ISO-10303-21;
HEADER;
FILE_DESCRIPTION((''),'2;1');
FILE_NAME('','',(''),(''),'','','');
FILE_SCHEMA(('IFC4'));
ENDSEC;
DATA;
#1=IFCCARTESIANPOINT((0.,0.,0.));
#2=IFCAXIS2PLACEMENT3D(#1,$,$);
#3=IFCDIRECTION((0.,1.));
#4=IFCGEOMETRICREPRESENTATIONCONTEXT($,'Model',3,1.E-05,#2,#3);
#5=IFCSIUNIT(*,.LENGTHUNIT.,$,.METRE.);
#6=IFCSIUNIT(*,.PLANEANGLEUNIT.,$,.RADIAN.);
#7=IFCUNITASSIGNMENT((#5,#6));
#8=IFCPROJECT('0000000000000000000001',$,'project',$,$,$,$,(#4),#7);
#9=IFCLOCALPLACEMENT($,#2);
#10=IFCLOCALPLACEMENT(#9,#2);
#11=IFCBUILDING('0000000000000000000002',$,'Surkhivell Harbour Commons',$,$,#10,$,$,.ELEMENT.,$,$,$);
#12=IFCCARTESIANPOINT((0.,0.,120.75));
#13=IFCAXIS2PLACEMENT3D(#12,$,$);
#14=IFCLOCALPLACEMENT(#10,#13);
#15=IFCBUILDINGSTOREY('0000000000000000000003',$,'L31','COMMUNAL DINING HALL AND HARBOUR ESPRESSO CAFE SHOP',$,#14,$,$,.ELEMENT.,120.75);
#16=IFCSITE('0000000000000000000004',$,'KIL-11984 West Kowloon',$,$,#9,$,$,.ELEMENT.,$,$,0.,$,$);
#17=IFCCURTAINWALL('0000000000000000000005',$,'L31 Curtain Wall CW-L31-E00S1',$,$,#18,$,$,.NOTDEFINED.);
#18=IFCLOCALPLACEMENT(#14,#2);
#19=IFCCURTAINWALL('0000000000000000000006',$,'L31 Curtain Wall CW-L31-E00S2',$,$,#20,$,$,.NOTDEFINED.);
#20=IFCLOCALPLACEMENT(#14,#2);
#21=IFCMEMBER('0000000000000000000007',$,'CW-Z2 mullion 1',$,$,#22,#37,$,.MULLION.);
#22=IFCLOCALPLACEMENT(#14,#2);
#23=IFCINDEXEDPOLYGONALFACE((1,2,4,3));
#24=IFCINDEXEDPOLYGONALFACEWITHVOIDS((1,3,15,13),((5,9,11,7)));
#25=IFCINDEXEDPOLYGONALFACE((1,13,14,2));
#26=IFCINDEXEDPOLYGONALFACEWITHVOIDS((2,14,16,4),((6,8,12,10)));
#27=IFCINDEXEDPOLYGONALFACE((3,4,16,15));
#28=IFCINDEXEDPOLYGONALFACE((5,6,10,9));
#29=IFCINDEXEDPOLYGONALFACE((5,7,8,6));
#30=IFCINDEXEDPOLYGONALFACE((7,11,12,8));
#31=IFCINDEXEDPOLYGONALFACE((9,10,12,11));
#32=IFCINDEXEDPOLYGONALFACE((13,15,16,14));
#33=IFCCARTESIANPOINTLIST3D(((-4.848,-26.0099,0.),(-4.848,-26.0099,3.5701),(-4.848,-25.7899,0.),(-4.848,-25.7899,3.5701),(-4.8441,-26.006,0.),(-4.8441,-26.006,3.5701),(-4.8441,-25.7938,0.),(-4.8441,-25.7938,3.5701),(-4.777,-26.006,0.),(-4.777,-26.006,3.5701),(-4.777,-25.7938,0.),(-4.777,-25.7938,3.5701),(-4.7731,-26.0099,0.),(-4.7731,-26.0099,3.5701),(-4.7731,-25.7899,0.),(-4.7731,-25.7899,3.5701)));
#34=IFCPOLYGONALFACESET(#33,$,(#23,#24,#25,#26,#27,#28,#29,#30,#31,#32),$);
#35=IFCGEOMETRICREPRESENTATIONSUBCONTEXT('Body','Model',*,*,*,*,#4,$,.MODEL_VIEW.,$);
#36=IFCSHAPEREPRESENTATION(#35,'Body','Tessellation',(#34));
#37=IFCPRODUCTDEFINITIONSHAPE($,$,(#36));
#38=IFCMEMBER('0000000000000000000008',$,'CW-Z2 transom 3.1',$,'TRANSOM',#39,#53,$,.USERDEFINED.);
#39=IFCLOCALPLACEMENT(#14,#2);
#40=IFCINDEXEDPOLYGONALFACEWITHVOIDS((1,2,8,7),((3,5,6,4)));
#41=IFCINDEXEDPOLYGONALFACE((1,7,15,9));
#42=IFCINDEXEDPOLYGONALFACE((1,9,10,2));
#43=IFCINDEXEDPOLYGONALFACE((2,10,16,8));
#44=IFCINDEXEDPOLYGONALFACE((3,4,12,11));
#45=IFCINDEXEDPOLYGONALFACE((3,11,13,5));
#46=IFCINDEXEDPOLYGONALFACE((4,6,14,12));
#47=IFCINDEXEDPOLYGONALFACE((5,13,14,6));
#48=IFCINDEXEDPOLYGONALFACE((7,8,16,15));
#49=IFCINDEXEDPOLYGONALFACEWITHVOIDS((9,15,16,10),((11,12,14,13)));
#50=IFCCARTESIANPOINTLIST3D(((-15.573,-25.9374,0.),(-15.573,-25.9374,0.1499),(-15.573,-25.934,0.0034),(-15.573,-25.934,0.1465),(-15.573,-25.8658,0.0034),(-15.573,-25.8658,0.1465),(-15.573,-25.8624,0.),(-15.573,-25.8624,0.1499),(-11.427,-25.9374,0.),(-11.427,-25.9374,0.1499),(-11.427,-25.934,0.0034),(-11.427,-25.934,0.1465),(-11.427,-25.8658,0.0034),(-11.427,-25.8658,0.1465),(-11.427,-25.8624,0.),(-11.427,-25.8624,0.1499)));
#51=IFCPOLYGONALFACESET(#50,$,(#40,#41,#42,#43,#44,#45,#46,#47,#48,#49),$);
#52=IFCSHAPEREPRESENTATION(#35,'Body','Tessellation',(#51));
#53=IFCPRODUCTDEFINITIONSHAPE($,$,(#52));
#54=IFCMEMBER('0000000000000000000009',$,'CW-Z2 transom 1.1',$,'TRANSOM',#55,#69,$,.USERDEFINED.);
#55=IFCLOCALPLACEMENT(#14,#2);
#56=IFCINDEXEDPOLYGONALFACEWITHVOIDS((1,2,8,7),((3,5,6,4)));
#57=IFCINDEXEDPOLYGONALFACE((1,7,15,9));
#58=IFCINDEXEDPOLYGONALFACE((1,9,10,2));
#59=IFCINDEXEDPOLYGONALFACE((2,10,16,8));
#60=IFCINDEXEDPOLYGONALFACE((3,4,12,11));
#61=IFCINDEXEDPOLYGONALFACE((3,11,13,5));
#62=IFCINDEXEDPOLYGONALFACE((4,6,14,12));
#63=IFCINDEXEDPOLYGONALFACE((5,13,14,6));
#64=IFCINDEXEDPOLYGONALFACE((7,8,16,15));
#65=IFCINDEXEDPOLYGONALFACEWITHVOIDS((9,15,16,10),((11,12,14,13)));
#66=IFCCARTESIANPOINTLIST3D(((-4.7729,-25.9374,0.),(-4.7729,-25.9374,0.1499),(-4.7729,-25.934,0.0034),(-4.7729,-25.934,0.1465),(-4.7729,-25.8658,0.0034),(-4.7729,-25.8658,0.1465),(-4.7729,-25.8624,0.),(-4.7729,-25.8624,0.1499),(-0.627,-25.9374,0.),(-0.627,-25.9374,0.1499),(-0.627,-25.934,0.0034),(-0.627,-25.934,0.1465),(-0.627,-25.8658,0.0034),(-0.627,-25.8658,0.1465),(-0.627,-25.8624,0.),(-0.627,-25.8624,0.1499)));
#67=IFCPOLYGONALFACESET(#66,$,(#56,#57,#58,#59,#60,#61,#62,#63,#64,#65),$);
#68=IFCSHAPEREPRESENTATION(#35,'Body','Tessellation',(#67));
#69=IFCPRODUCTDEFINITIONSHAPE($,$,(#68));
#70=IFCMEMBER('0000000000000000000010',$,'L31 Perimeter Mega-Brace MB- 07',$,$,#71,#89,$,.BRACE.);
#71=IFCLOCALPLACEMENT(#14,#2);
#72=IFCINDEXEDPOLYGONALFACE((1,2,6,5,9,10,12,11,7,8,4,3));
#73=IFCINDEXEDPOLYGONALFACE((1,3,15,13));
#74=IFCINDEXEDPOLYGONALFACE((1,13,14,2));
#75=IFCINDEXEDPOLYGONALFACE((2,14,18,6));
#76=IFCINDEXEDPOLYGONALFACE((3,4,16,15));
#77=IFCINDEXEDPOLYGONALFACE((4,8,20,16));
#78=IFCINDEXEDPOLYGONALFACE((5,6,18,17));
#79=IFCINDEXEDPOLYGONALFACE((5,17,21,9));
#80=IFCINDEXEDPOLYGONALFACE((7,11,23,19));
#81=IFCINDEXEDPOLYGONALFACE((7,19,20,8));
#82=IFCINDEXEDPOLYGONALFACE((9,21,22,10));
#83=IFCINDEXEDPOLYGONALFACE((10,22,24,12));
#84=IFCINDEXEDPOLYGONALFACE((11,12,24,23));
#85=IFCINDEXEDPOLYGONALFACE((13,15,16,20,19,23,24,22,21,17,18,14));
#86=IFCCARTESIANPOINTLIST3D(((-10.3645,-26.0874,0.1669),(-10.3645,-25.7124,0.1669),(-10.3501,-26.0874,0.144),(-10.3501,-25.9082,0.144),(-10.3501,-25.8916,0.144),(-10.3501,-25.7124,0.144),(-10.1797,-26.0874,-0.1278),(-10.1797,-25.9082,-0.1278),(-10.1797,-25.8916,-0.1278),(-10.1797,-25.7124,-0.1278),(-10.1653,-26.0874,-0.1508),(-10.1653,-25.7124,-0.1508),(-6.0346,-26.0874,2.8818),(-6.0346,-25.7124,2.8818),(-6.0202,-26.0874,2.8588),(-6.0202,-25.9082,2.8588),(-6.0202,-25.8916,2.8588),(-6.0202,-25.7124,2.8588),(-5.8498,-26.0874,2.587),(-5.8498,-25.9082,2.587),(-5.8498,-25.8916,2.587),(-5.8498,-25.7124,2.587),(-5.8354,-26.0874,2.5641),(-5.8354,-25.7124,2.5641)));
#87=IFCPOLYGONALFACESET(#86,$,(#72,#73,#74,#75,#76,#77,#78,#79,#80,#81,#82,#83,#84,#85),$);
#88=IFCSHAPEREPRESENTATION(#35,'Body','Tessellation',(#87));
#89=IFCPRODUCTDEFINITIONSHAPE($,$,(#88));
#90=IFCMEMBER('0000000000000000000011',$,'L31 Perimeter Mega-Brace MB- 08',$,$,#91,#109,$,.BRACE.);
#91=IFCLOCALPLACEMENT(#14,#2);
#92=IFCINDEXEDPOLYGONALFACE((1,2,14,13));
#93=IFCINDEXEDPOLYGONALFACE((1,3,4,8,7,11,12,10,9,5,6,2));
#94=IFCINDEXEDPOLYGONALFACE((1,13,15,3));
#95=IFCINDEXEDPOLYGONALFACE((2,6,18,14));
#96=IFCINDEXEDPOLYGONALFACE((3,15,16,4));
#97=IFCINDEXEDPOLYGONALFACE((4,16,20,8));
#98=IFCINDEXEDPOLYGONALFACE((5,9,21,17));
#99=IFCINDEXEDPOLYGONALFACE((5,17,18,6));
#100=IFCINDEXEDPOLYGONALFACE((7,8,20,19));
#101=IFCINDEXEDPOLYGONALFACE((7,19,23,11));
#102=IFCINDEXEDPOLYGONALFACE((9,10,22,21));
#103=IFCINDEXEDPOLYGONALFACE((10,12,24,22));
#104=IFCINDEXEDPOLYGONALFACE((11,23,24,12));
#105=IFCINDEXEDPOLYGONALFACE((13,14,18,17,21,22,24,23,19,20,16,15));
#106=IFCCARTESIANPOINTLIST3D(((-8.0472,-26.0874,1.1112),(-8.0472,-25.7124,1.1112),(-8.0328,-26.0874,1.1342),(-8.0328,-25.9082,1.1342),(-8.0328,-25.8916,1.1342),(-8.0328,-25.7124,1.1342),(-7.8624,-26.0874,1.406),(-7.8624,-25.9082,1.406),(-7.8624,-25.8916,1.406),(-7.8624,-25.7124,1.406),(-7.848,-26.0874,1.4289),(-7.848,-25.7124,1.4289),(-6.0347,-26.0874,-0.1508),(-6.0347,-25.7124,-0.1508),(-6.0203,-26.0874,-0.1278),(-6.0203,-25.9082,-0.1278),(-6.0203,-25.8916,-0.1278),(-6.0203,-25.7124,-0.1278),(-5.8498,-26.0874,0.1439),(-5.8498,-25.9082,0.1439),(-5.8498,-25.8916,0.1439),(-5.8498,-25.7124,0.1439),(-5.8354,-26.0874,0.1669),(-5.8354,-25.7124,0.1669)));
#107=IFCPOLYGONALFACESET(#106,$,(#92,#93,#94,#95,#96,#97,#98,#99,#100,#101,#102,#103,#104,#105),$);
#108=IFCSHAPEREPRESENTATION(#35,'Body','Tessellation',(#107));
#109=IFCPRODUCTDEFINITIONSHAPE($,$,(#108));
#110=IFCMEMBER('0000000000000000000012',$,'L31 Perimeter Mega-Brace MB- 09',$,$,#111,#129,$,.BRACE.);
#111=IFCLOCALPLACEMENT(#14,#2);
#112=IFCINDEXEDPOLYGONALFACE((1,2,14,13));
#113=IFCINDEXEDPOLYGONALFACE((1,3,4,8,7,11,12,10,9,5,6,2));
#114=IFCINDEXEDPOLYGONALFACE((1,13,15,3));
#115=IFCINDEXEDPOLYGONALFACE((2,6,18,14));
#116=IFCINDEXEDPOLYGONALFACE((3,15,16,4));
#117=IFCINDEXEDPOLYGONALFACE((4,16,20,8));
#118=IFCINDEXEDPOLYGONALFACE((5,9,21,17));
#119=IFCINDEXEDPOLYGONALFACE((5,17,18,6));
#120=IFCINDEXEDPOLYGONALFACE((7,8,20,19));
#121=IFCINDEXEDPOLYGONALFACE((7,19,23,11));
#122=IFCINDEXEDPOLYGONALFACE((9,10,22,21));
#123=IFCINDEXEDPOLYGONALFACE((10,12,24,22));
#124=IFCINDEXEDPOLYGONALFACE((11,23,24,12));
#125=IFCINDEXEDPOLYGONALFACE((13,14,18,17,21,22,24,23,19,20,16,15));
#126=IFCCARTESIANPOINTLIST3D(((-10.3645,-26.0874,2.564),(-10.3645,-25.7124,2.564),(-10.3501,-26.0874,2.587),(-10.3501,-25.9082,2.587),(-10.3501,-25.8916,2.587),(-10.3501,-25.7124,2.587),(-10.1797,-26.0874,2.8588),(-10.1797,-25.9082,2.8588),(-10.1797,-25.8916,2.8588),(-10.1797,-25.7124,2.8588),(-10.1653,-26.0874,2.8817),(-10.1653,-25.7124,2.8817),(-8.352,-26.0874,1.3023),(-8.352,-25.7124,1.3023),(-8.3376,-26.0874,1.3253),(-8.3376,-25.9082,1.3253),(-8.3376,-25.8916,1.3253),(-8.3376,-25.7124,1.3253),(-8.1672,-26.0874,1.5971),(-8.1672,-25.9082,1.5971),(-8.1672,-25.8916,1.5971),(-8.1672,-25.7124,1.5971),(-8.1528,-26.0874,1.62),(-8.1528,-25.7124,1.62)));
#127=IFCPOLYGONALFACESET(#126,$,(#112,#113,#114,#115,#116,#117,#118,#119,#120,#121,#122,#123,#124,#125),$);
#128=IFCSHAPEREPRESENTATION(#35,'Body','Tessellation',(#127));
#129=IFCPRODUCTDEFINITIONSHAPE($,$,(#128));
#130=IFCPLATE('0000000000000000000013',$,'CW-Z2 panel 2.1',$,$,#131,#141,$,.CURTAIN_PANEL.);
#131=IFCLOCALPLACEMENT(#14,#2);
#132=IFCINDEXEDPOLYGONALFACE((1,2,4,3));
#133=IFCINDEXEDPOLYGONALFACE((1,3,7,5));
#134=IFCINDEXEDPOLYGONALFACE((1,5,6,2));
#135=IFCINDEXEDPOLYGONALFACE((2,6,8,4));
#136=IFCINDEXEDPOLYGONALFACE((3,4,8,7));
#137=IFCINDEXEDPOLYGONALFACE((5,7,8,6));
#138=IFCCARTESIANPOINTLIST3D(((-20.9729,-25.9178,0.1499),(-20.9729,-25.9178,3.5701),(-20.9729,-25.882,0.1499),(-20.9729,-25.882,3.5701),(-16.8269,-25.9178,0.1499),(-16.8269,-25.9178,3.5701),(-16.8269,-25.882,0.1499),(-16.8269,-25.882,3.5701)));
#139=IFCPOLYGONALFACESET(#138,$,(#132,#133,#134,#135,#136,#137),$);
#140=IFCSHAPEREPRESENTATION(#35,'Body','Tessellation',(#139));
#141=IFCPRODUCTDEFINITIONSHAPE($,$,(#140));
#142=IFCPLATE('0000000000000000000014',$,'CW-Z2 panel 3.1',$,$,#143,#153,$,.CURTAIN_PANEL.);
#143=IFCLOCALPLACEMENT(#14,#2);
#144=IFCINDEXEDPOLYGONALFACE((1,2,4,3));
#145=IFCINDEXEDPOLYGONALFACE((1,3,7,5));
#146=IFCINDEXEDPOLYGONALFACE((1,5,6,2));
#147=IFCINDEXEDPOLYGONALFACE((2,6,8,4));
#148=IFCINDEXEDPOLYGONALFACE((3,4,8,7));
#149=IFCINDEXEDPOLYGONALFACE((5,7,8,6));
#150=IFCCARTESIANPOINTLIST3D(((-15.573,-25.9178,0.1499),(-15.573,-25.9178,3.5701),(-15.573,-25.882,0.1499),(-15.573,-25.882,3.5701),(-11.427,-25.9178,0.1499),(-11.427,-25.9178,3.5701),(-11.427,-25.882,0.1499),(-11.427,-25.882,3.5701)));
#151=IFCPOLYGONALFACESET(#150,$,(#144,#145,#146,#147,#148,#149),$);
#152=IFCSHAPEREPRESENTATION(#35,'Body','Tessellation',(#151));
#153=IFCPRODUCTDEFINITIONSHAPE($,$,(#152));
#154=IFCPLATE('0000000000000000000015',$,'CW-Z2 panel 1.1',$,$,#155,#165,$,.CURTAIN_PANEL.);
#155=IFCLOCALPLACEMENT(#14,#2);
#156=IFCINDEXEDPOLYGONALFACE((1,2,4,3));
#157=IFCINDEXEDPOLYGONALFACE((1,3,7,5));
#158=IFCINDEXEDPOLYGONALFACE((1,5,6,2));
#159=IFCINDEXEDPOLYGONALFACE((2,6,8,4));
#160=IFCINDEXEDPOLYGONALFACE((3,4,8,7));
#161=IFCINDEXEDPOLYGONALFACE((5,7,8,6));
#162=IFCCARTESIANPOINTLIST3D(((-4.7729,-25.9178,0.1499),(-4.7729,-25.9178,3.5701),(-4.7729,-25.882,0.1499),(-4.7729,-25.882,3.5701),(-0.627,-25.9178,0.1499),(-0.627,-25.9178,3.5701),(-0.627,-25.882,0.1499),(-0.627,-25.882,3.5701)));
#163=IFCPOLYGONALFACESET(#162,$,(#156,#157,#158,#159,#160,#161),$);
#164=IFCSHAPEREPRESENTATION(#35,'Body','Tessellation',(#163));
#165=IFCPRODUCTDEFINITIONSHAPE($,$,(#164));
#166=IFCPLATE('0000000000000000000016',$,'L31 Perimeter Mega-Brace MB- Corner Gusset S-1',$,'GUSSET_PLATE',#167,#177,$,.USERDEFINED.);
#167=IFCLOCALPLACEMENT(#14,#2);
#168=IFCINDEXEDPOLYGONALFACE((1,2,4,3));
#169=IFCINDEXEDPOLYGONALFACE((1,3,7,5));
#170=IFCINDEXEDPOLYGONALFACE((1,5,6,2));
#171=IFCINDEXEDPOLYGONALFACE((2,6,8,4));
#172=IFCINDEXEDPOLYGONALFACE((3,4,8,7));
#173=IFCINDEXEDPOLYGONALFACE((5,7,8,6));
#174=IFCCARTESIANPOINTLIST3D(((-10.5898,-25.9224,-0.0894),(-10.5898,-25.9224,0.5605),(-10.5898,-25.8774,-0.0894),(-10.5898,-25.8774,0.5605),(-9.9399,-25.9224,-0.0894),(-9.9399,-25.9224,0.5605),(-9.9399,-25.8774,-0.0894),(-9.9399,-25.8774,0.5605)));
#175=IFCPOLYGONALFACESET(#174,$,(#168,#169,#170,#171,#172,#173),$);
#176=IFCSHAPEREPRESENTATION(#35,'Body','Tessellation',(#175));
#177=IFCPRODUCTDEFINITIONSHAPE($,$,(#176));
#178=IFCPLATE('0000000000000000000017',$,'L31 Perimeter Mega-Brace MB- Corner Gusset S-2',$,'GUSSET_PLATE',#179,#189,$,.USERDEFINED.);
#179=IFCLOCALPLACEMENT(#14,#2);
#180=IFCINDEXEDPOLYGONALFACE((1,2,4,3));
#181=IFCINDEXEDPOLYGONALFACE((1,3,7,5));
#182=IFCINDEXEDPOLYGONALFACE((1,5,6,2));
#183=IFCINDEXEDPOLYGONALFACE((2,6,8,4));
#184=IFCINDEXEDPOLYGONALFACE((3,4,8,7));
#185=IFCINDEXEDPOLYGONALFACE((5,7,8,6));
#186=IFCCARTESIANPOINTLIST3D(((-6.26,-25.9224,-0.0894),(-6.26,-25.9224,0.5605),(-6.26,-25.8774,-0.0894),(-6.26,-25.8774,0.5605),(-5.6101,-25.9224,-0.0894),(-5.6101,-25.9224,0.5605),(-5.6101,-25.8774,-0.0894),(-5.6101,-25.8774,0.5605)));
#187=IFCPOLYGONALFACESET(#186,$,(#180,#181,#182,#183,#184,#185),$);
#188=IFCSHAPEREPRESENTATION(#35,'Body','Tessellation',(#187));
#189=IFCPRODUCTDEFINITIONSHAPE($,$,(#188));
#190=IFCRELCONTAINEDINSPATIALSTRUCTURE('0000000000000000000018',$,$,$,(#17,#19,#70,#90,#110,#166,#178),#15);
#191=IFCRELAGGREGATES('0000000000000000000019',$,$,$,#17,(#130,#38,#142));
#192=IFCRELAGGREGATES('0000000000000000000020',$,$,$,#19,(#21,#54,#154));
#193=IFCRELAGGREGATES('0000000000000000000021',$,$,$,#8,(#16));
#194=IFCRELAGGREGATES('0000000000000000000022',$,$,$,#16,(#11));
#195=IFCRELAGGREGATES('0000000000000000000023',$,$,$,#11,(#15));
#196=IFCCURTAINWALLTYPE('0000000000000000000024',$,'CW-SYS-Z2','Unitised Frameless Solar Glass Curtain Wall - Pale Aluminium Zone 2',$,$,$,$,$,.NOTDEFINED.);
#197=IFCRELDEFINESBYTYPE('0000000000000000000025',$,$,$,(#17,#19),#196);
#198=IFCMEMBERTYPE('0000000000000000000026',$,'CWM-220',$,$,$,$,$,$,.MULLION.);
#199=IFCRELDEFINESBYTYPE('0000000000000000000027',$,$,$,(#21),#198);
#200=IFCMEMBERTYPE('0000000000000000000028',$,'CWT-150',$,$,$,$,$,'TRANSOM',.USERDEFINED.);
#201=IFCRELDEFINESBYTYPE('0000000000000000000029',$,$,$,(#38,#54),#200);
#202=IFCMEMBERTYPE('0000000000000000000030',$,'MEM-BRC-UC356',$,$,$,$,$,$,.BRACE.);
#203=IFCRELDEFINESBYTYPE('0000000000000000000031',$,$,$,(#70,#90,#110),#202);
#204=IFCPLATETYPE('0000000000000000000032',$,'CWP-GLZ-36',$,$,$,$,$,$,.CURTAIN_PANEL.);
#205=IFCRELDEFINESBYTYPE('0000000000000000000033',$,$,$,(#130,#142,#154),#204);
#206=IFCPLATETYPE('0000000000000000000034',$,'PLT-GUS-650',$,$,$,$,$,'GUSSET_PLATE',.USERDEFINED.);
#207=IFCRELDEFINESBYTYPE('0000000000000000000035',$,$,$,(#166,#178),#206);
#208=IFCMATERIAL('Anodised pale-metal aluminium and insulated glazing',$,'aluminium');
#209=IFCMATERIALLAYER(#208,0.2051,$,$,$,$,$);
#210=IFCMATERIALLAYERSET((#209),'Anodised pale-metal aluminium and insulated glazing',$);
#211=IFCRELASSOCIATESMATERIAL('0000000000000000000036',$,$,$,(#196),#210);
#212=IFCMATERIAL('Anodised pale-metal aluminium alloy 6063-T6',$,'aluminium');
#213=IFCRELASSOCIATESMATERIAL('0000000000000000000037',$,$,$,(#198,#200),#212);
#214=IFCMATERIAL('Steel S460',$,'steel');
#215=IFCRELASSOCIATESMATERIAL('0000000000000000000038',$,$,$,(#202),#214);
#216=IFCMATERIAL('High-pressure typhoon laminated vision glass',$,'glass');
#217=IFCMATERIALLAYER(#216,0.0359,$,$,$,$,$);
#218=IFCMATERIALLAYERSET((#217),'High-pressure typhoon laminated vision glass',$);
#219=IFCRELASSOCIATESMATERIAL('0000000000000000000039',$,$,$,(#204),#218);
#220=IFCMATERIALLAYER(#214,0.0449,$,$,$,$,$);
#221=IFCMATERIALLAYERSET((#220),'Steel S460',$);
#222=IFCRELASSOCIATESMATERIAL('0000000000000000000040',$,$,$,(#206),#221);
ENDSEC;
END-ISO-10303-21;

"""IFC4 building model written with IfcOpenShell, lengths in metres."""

from ifc_helpers import new_model, si_unit, direction, frame, frame_2d, origin, origin_2d, place, context, subcontext, project, spatial, rectangle, hollow_rectangle, i_section, extrude, material, layer, layer_set, material_profile, profile_set, type_object, element, aggregate, save


model = new_model("IFC4")

# Units and contexts
model_context = context("Model", 3, precision=1e-05, world=origin(), true_north=direction((0.0, 1.0)))
body_context = subcontext(model_context, "Body", "Model", "MODEL_VIEW")
ifc_project = project(units=[si_unit("LENGTHUNIT", "METRE"), si_unit("PLANEANGLEUNIT", "RADIAN")], contexts=[model_context])

# Site, building, storey
site_placement = place(None, origin())
site = spatial("IfcSite", under=ifc_project, at=site_placement, Name="KIL-11984 West Kowloon", CompositionType="ELEMENT", RefElevation=0.0)
building_placement = place(site_placement, origin())
building = spatial("IfcBuilding", under=site, at=building_placement, Name="Surkhivell Harbour Commons", CompositionType="ELEMENT")
storey_placement = place(building_placement, frame((0.0, 0.0, 120.75)))
storey = spatial("IfcBuildingStorey", under=building, at=storey_placement, Name="L31", Description="COMMUNAL DINING HALL AND HARBOUR ESPRESSO CAFE SHOP", CompositionType="ELEMENT", Elevation=120.75)

# Shared definitions
ifc_material_1 = material(Name="Steel S460", Category="steel")

# Curtain wall
ifc_material_2 = material(Name="Anodised pale-metal aluminium and insulated glazing", Category="aluminium")
ifc_layer_1 = layer(ifc_material_2, 0.2051)
ifc_layer_set_1 = layer_set([ifc_layer_1], Name="Anodised pale-metal aluminium and insulated glazing")
curtain_wall_type = type_object("IfcCurtainWallType", Name="CW-SYS-Z2", Description="Unitised Frameless Solar Glass Curtain Wall - Pale Aluminium Zone 2", PredefinedType="NOTDEFINED", material=ifc_layer_set_1)
curtain_wall_1_placement = place(storey_placement, origin())
curtain_wall_1 = element("IfcCurtainWall", 1, at=curtain_wall_1_placement, inside=storey, type_object=curtain_wall_type, Name="L31 Curtain Wall CW-L31-E00S1", PredefinedType="NOTDEFINED")
ifc_material_3 = material(Name="Anodised pale-metal aluminium alloy 6063-T6", Category="aluminium")
ifc_material_profile_1 = material_profile(ifc_material_3, hollow_rectangle(XDim=0.075, YDim=0.22, WallThickness=0.0039, at=origin_2d()), Name="ALU-MULL-75x220")
ifc_profile_set_1 = profile_set([ifc_material_profile_1], Name="Anodised pale-metal aluminium alloy 6063-T6")
member_type_1 = type_object("IfcMemberType", Name="CWM-220", PredefinedType="MULLION", material=ifc_profile_set_1)

# Curtain wall, member
curtain_wall_2_placement = place(storey_placement, origin())
curtain_wall_2 = element("IfcCurtainWall", 2, at=curtain_wall_2_placement, inside=storey, type_object=curtain_wall_type, Name="L31 Curtain Wall CW-L31-E00S2", PredefinedType="NOTDEFINED")
member_1_placement = place(storey_placement, frame((-4.8105, -25.8999, 0.0), z_axis=(0.0, 0.0, 1.0), x_axis=(1.0, 0.0, 0.0)))
member_1 = element("IfcMember", 3, at=member_1_placement, type_object=member_type_1, Name="CW-Z2 mullion 1", PredefinedType="MULLION", context=body_context, shape_type="SweptSolid", body=[
    extrude(hollow_rectangle(XDim=0.075, YDim=0.22, WallThickness=0.0039, at=origin_2d()), origin(), (0.0, 0.0, 1.0), 3.5701),
])

# Members
ifc_material_profile_2 = material_profile(ifc_material_3, hollow_rectangle(XDim=0.075, YDim=0.1499, WallThickness=0.0034, at=origin_2d()), Name="ALU-TRAN-75x150")
ifc_profile_set_2 = profile_set([ifc_material_profile_2], Name="Anodised pale-metal aluminium alloy 6063-T6")
member_type_2 = type_object("IfcMemberType", Name="CWT-150", ElementType="TRANSOM", PredefinedType="USERDEFINED", material=ifc_profile_set_2)
member_2_placement = place(storey_placement, frame((-15.573, -25.8999, 0.075), z_axis=(1.0, 0.0, 0.0), x_axis=(0.0, 1.0, 0.0)))
member_2 = element("IfcMember", 4, at=member_2_placement, type_object=member_type_2, Name="CW-Z2 transom 3.1", ObjectType="TRANSOM", PredefinedType="USERDEFINED", context=body_context, shape_type="SweptSolid", body=[
    extrude(hollow_rectangle(XDim=0.075, YDim=0.1499, WallThickness=0.0034, at=origin_2d()), origin(), (0.0, 0.0, 1.0), 4.146),
])
member_3_placement = place(storey_placement, frame((-4.7729, -25.8999, 0.075), z_axis=(1.0, 0.0, 0.0), x_axis=(0.0, 1.0, 0.0)))
member_3 = element("IfcMember", 5, at=member_3_placement, type_object=member_type_2, Name="CW-Z2 transom 1.1", ObjectType="TRANSOM", PredefinedType="USERDEFINED", context=body_context, shape_type="SweptSolid", body=[
    extrude(hollow_rectangle(XDim=0.075, YDim=0.1499, WallThickness=0.0034, at=origin_2d()), origin(), (0.0, 0.0, 1.0), 4.146),
])

# Members
ifc_material_profile_3 = material_profile(ifc_material_1, i_section(OverallWidth=0.375, OverallDepth=0.375, WebThickness=0.0166, FlangeThickness=0.0271, at=origin_2d()), Name="UC356x368x202")
ifc_profile_set_3 = profile_set([ifc_material_profile_3], Name="Steel S460")
member_type_3 = type_object("IfcMemberType", Name="MEM-BRC-UC356", PredefinedType="BRACE", material=ifc_profile_set_3)
member_4_placement = place(storey_placement, frame((-10.2649, -25.8999, 0.0081), z_axis=(0.847233, 0.0, 0.531222), x_axis=(0.0, 1.0, 0.0)))
element("IfcMember", 6, at=member_4_placement, inside=storey, type_object=member_type_3, Name="L31 Perimeter Mega-Brace MB- 07", PredefinedType="BRACE", context=body_context, shape_type="SweptSolid", body=[
    extrude(i_section(OverallWidth=0.375, OverallDepth=0.375, WebThickness=0.0166, FlangeThickness=0.0271, at=origin_2d()), origin(), (0.0, 0.0, 1.0), 5.1106),
])
member_5_placement = place(storey_placement, frame((-5.9351, -25.8999, 0.0081), z_axis=(-0.847206, 0.0, 0.531264), x_axis=(0.0, -1.0, 0.0)))
element("IfcMember", 7, at=member_5_placement, inside=storey, type_object=member_type_3, Name="L31 Perimeter Mega-Brace MB- 08", PredefinedType="BRACE", context=body_context, shape_type="SweptSolid", body=[
    extrude(i_section(OverallWidth=0.375, OverallDepth=0.375, WebThickness=0.0166, FlangeThickness=0.0271, at=origin_2d()), origin(), (0.0, 0.0, 1.0), 2.3755),
])
member_6_placement = place(storey_placement, frame((-8.2524, -25.8999, 1.4612), z_axis=(-0.847253, 0.0, 0.53119), x_axis=(0.0, -1.0, 0.0)))
element("IfcMember", 8, at=member_6_placement, inside=storey, type_object=member_type_3, Name="L31 Perimeter Mega-Brace MB- 09", PredefinedType="BRACE", context=body_context, shape_type="SweptSolid", body=[
    extrude(i_section(OverallWidth=0.375, OverallDepth=0.375, WebThickness=0.0166, FlangeThickness=0.0271, at=origin_2d()), origin(), (0.0, 0.0, 1.0), 2.3752),
])

# Plates
ifc_material_4 = material(Name="High-pressure typhoon laminated vision glass", Category="glass")
ifc_layer_2 = layer(ifc_material_4, 0.0359)
ifc_layer_set_2 = layer_set([ifc_layer_2], Name="High-pressure typhoon laminated vision glass")
plate_type_1 = type_object("IfcPlateType", Name="CWP-GLZ-36", PredefinedType="CURTAIN_PANEL", material=ifc_layer_set_2)
plate_1_placement = place(storey_placement, frame((-20.9729, -25.8999, 0.1499), z_axis=(0.0, 0.0, 1.0), x_axis=(1.0, 0.0, 0.0)))
plate_1 = element("IfcPlate", 9, at=plate_1_placement, type_object=plate_type_1, Name="CW-Z2 panel 2.1", PredefinedType="CURTAIN_PANEL", context=body_context, shape_type="SweptSolid", body=[
    extrude(rectangle(XDim=4.146, YDim=0.0359, at=frame_2d((2.073, 0.0))), origin(), (0.0, 0.0, 1.0), 3.4202),
])
plate_2_placement = place(storey_placement, frame((-15.573, -25.8999, 0.1499), z_axis=(0.0, 0.0, 1.0), x_axis=(1.0, 0.0, 0.0)))
plate_2 = element("IfcPlate", 10, at=plate_2_placement, type_object=plate_type_1, Name="CW-Z2 panel 3.1", PredefinedType="CURTAIN_PANEL", context=body_context, shape_type="SweptSolid", body=[
    extrude(rectangle(XDim=4.146, YDim=0.0359, at=frame_2d((2.073, 0.0))), origin(), (0.0, 0.0, 1.0), 3.4202),
])
aggregate(curtain_wall_1, [plate_1, member_2, plate_2])
plate_3_placement = place(storey_placement, frame((-4.7729, -25.8999, 0.1499), z_axis=(0.0, 0.0, 1.0), x_axis=(1.0, 0.0, 0.0)))
plate_3 = element("IfcPlate", 11, at=plate_3_placement, type_object=plate_type_1, Name="CW-Z2 panel 1.1", PredefinedType="CURTAIN_PANEL", context=body_context, shape_type="SweptSolid", body=[
    extrude(rectangle(XDim=4.146, YDim=0.0359, at=frame_2d((2.073, 0.0))), origin(), (0.0, 0.0, 1.0), 3.4202),
])
aggregate(curtain_wall_2, [member_1, member_3, plate_3])

# Plates
ifc_layer_3 = layer(ifc_material_1, 0.0449)
ifc_layer_set_3 = layer_set([ifc_layer_3], Name="Steel S460")
plate_type_2 = type_object("IfcPlateType", Name="PLT-GUS-650", ElementType="GUSSET_PLATE", PredefinedType="USERDEFINED", material=ifc_layer_set_3)
for number, where, z_axis, x_axis, name in (
    (12, (-10.2649, -25.8999, -0.0894), (0.0, 0.0, 1.0), (1.0, 0.0, 0.0), "L31 Perimeter Mega-Brace MB- Corner Gusset S-1"),
    (13, (-5.9351, -25.8999, -0.0894), (0.0, 0.0, 1.0), (1.0, 0.0, 0.0), "L31 Perimeter Mega-Brace MB- Corner Gusset S-2"),
):
    element("IfcPlate", number, at=place(storey_placement, frame(where, z_axis=z_axis, x_axis=x_axis)), inside=storey, type_object=plate_type_2, Name=name, ObjectType="GUSSET_PLATE", PredefinedType="USERDEFINED", context=body_context, shape_type="SweptSolid", body=[
        extrude(rectangle(XDim=0.6499, YDim=0.0449, at=origin_2d()), origin(), (0.0, 0.0, 1.0), 0.6499),
    ])

save(model, "model.ifc")
